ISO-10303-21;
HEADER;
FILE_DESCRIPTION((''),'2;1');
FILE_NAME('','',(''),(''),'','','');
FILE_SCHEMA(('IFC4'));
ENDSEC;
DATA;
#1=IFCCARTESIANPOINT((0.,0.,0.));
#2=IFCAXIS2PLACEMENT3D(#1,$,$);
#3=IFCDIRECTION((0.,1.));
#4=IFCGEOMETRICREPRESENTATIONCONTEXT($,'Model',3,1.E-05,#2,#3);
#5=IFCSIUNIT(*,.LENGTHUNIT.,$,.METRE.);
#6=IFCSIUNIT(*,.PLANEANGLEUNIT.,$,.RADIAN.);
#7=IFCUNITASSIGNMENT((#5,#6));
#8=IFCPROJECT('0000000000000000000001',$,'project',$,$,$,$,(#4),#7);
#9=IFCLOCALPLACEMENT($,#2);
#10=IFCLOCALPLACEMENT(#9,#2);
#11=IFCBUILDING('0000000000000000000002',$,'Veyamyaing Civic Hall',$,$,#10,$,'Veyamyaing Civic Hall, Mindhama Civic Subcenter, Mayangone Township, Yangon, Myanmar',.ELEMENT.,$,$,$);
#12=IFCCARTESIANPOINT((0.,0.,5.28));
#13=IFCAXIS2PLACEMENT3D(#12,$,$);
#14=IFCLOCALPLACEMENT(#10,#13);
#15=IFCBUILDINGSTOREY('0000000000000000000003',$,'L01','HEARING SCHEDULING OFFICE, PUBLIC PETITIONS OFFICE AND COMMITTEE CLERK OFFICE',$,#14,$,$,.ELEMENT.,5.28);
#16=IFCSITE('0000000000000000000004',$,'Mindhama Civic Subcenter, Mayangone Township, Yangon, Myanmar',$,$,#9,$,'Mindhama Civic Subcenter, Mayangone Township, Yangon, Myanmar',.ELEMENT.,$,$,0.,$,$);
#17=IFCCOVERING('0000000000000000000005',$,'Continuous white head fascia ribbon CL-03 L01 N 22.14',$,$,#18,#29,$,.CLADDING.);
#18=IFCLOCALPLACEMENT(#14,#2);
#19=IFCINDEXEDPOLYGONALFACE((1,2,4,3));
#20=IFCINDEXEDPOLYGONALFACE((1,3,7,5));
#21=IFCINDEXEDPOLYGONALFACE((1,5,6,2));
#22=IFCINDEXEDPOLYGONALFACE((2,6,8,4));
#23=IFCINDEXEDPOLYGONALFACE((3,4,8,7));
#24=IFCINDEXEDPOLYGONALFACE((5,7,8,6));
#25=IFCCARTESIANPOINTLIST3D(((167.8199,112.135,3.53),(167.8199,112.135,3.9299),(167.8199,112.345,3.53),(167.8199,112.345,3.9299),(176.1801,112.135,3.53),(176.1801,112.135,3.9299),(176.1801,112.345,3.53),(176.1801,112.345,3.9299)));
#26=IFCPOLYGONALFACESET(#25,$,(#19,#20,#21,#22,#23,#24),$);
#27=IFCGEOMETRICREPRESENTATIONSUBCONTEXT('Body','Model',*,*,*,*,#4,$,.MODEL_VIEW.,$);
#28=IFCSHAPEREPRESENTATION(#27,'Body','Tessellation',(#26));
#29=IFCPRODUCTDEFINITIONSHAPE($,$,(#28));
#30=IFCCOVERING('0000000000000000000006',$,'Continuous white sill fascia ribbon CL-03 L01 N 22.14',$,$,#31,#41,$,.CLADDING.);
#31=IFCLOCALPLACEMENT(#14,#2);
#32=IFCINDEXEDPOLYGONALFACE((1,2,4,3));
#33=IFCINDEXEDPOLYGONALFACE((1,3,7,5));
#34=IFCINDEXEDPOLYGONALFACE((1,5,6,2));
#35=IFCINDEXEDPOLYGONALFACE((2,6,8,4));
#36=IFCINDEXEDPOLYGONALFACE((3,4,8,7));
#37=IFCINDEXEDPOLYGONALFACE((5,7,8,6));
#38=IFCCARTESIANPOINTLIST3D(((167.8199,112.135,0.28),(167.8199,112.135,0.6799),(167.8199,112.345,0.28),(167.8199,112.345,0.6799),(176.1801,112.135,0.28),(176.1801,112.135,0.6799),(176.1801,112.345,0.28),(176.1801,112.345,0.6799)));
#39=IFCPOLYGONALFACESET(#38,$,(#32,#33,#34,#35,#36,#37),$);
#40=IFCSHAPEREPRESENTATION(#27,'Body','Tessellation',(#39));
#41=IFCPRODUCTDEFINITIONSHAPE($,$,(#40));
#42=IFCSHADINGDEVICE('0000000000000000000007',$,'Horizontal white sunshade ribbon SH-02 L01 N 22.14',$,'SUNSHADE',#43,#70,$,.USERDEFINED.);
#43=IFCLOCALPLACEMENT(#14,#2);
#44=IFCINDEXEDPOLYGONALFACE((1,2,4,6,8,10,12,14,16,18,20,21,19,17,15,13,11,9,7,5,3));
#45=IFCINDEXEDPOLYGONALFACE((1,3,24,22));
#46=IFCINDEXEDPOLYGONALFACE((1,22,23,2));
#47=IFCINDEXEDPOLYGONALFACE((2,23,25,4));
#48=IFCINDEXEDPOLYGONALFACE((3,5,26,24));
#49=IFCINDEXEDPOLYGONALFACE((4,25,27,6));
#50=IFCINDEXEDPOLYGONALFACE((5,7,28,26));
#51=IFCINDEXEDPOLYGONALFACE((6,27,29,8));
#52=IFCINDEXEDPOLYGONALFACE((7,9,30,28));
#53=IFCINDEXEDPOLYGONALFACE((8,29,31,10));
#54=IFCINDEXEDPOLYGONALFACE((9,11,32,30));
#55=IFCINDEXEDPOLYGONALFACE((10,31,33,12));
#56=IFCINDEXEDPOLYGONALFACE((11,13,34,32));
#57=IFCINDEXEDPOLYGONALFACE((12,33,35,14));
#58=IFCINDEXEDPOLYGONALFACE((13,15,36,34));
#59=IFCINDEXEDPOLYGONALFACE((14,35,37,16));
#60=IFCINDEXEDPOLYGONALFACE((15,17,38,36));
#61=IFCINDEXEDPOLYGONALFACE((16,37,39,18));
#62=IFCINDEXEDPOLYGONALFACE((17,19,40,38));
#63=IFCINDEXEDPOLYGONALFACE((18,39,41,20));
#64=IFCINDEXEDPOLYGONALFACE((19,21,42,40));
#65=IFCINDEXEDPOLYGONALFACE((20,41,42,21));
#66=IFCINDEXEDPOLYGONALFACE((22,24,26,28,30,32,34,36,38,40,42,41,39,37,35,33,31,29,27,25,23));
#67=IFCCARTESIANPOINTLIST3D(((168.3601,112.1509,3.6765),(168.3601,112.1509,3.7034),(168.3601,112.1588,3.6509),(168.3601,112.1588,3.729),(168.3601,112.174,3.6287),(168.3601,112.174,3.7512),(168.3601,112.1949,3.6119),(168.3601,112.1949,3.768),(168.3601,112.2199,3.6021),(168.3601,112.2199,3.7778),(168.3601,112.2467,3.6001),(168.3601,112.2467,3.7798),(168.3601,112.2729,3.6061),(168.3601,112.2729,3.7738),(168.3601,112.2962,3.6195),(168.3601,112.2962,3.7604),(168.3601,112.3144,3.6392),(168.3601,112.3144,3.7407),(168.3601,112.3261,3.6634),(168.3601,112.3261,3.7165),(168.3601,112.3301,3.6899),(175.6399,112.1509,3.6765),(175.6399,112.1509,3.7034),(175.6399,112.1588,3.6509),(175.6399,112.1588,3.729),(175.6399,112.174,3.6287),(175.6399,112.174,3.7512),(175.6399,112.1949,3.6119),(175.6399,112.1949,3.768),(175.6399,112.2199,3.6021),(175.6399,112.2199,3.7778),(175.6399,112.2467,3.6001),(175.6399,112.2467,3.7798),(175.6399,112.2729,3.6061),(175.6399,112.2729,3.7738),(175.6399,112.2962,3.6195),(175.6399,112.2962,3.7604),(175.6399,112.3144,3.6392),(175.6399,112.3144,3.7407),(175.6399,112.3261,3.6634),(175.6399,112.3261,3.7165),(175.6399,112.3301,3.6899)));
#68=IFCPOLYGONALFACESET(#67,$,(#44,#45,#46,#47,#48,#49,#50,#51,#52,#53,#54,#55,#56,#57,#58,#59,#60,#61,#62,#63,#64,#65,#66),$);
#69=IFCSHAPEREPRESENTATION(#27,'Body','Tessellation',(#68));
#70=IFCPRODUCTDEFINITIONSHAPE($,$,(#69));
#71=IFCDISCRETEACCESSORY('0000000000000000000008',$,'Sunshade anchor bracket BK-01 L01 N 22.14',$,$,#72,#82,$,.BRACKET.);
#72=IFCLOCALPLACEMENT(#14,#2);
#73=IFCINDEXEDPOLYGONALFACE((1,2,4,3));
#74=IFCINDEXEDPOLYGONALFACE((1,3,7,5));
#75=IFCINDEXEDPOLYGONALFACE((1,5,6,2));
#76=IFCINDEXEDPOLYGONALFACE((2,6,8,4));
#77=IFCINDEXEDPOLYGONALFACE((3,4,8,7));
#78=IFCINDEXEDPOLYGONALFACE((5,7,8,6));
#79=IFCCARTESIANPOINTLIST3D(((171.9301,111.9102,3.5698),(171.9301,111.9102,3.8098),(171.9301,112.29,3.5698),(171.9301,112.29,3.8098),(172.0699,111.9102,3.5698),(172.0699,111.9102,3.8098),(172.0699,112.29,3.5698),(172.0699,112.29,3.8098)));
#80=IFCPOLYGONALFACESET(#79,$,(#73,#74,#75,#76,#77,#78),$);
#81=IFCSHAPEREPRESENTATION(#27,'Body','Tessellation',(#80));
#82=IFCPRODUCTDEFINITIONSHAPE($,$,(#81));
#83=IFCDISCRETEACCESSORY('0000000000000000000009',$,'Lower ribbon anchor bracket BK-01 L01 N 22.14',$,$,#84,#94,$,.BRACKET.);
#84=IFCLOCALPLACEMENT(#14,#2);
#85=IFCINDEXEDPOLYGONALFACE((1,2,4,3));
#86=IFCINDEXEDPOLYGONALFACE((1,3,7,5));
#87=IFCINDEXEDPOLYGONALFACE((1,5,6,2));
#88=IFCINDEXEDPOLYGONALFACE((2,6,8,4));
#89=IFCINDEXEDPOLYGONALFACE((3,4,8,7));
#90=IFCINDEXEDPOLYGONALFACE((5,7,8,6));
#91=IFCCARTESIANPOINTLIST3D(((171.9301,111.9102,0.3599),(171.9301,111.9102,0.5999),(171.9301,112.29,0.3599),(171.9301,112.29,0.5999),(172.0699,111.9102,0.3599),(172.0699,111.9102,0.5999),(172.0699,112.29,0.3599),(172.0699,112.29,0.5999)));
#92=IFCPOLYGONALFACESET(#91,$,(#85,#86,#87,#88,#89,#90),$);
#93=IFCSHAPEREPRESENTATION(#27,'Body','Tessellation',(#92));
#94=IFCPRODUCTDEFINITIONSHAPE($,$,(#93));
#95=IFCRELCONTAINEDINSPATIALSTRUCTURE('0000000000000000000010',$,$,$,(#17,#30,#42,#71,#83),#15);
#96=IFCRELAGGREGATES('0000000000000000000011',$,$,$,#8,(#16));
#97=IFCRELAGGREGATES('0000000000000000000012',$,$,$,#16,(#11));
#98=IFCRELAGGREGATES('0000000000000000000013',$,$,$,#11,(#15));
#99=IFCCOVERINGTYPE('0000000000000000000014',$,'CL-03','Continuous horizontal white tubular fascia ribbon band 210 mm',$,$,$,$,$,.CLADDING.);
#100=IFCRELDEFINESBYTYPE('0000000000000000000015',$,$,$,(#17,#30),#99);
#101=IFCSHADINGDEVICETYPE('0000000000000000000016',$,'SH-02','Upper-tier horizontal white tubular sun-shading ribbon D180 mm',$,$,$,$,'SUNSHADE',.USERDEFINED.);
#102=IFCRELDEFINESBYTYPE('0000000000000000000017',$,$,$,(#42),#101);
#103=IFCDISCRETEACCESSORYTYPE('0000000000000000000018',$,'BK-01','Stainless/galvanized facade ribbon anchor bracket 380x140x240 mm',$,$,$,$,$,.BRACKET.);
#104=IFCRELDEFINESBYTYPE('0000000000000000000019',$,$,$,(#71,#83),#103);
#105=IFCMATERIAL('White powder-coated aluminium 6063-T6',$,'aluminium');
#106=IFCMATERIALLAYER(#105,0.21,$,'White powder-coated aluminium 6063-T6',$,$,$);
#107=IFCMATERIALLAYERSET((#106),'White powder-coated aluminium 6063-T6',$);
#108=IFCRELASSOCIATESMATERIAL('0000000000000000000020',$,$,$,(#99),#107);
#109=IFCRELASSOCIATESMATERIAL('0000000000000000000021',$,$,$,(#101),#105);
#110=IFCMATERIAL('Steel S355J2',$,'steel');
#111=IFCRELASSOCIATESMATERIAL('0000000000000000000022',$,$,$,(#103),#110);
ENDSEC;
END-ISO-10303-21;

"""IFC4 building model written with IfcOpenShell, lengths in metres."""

from ifc_helpers import new_model, si_unit, direction, frame, origin, origin_2d, place, context, subcontext, project, spatial, rectangle, circle, extrude, material, layer, layer_set, material_profile, profile_set, type_object, element, save


model = new_model("IFC4")

# Units and contexts
model_context = context("Model", 3, precision=1e-05, world=origin(), true_north=direction((0.0, 1.0)))
body_context = subcontext(model_context, "Body", "Model", "MODEL_VIEW")
ifc_project = project(units=[si_unit("LENGTHUNIT", "METRE"), si_unit("PLANEANGLEUNIT", "RADIAN")], contexts=[model_context])

# Site, building, storey
site_placement = place(None, origin())
site = spatial("IfcSite", under=ifc_project, at=site_placement, Name="Mindhama Civic Subcenter, Mayangone Township, Yangon, Myanmar", LongName="Mindhama Civic Subcenter, Mayangone Township, Yangon, Myanmar", CompositionType="ELEMENT", RefElevation=0.0)
building_placement = place(site_placement, origin())
building = spatial("IfcBuilding", under=site, at=building_placement, Name="Veyamyaing Civic Hall", LongName="Veyamyaing Civic Hall, Mindhama Civic Subcenter, Mayangone Township, Yangon, Myanmar", CompositionType="ELEMENT")
storey_placement = place(building_placement, frame((0.0, 0.0, 5.28)))
storey = spatial("IfcBuildingStorey", under=building, at=storey_placement, Name="L01", Description="HEARING SCHEDULING OFFICE, PUBLIC PETITIONS OFFICE AND COMMITTEE CLERK OFFICE", CompositionType="ELEMENT", Elevation=5.28)

# Coverings
ifc_material_1 = material(Name="White powder-coated aluminium 6063-T6", Category="aluminium")
ifc_layer_1 = layer(ifc_material_1, 0.21, Name="White powder-coated aluminium 6063-T6")
ifc_layer_set_1 = layer_set([ifc_layer_1], Name="White powder-coated aluminium 6063-T6")
covering_type = type_object("IfcCoveringType", Name="CL-03", Description="Continuous horizontal white tubular fascia ribbon band 210 mm", PredefinedType="CLADDING", material=ifc_layer_set_1)
for number, where, z_axis, x_axis, name in (
    (1, (172.0, 112.24, 3.53), (0.0, 0.0, 1.0), (1.0, 0.0, 0.0), "Continuous white head fascia ribbon CL-03 L01 N 22.14"),
    (2, (172.0, 112.24, 0.28), (0.0, 0.0, 1.0), (1.0, 0.0, 0.0), "Continuous white sill fascia ribbon CL-03 L01 N 22.14"),
):
    element("IfcCovering", number, at=place(storey_placement, frame(where, z_axis=z_axis, x_axis=x_axis)), inside=storey, type_object=covering_type, Name=name, PredefinedType="CLADDING", context=body_context, shape_type="SweptSolid", body=[
        extrude(rectangle(XDim=8.3601, YDim=0.21, at=origin_2d()), origin(), (0.0, 0.0, 1.0), 0.3999),
    ])

# Shading device
ifc_material_profile_1 = material_profile(ifc_material_1, circle(Radius=0.0901, at=origin_2d()), Name="SHADE-TUBE-180")
ifc_profile_set_1 = profile_set([ifc_material_profile_1], Name="White powder-coated aluminium 6063-T6")
shading_device_type = type_object("IfcShadingDeviceType", Name="SH-02", Description="Upper-tier horizontal white tubular sun-shading ribbon D180 mm", ElementType="SUNSHADE", PredefinedType="USERDEFINED", material=ifc_profile_set_1)
shading_device_placement = place(storey_placement, frame((168.3601, 112.24, 3.6899), z_axis=(1.0, 0.0, 0.0), x_axis=(0.0, 1.0, 0.0)))
element("IfcShadingDevice", 3, at=shading_device_placement, inside=storey, type_object=shading_device_type, Name="Horizontal white sunshade ribbon SH-02 L01 N 22.14", ObjectType="SUNSHADE", PredefinedType="USERDEFINED", context=body_context, shape_type="SweptSolid", body=[
    extrude(circle(Radius=0.0901, at=origin_2d()), origin(), (0.0, 0.0, 1.0), 7.2798),
])

# Discrete accessories
ifc_material_2 = material(Name="Steel S355J2", Category="steel")
discrete_accessory_type = type_object("IfcDiscreteAccessoryType", Name="BK-01", Description="Stainless/galvanized facade ribbon anchor bracket 380x140x240 mm", PredefinedType="BRACKET", material=ifc_material_2)
for number, where, z_axis, x_axis, name in (
    (4, (172.0, 112.1001, 3.5698), (0.0, 0.0, 1.0), (0.0, 1.0, 0.0), "Sunshade anchor bracket BK-01 L01 N 22.14"),
    (5, (172.0, 112.1001, 0.3599), (0.0, 0.0, 1.0), (0.0, 1.0, 0.0), "Lower ribbon anchor bracket BK-01 L01 N 22.14"),
):
    element("IfcDiscreteAccessory", number, at=place(storey_placement, frame(where, z_axis=z_axis, x_axis=x_axis)), inside=storey, type_object=discrete_accessory_type, Name=name, PredefinedType="BRACKET", context=body_context, shape_type="SweptSolid", body=[
        extrude(rectangle(XDim=0.3799, YDim=0.1399, at=origin_2d()), origin(), (0.0, 0.0, 1.0), 0.24),
    ])

save(model, "model.ifc")
